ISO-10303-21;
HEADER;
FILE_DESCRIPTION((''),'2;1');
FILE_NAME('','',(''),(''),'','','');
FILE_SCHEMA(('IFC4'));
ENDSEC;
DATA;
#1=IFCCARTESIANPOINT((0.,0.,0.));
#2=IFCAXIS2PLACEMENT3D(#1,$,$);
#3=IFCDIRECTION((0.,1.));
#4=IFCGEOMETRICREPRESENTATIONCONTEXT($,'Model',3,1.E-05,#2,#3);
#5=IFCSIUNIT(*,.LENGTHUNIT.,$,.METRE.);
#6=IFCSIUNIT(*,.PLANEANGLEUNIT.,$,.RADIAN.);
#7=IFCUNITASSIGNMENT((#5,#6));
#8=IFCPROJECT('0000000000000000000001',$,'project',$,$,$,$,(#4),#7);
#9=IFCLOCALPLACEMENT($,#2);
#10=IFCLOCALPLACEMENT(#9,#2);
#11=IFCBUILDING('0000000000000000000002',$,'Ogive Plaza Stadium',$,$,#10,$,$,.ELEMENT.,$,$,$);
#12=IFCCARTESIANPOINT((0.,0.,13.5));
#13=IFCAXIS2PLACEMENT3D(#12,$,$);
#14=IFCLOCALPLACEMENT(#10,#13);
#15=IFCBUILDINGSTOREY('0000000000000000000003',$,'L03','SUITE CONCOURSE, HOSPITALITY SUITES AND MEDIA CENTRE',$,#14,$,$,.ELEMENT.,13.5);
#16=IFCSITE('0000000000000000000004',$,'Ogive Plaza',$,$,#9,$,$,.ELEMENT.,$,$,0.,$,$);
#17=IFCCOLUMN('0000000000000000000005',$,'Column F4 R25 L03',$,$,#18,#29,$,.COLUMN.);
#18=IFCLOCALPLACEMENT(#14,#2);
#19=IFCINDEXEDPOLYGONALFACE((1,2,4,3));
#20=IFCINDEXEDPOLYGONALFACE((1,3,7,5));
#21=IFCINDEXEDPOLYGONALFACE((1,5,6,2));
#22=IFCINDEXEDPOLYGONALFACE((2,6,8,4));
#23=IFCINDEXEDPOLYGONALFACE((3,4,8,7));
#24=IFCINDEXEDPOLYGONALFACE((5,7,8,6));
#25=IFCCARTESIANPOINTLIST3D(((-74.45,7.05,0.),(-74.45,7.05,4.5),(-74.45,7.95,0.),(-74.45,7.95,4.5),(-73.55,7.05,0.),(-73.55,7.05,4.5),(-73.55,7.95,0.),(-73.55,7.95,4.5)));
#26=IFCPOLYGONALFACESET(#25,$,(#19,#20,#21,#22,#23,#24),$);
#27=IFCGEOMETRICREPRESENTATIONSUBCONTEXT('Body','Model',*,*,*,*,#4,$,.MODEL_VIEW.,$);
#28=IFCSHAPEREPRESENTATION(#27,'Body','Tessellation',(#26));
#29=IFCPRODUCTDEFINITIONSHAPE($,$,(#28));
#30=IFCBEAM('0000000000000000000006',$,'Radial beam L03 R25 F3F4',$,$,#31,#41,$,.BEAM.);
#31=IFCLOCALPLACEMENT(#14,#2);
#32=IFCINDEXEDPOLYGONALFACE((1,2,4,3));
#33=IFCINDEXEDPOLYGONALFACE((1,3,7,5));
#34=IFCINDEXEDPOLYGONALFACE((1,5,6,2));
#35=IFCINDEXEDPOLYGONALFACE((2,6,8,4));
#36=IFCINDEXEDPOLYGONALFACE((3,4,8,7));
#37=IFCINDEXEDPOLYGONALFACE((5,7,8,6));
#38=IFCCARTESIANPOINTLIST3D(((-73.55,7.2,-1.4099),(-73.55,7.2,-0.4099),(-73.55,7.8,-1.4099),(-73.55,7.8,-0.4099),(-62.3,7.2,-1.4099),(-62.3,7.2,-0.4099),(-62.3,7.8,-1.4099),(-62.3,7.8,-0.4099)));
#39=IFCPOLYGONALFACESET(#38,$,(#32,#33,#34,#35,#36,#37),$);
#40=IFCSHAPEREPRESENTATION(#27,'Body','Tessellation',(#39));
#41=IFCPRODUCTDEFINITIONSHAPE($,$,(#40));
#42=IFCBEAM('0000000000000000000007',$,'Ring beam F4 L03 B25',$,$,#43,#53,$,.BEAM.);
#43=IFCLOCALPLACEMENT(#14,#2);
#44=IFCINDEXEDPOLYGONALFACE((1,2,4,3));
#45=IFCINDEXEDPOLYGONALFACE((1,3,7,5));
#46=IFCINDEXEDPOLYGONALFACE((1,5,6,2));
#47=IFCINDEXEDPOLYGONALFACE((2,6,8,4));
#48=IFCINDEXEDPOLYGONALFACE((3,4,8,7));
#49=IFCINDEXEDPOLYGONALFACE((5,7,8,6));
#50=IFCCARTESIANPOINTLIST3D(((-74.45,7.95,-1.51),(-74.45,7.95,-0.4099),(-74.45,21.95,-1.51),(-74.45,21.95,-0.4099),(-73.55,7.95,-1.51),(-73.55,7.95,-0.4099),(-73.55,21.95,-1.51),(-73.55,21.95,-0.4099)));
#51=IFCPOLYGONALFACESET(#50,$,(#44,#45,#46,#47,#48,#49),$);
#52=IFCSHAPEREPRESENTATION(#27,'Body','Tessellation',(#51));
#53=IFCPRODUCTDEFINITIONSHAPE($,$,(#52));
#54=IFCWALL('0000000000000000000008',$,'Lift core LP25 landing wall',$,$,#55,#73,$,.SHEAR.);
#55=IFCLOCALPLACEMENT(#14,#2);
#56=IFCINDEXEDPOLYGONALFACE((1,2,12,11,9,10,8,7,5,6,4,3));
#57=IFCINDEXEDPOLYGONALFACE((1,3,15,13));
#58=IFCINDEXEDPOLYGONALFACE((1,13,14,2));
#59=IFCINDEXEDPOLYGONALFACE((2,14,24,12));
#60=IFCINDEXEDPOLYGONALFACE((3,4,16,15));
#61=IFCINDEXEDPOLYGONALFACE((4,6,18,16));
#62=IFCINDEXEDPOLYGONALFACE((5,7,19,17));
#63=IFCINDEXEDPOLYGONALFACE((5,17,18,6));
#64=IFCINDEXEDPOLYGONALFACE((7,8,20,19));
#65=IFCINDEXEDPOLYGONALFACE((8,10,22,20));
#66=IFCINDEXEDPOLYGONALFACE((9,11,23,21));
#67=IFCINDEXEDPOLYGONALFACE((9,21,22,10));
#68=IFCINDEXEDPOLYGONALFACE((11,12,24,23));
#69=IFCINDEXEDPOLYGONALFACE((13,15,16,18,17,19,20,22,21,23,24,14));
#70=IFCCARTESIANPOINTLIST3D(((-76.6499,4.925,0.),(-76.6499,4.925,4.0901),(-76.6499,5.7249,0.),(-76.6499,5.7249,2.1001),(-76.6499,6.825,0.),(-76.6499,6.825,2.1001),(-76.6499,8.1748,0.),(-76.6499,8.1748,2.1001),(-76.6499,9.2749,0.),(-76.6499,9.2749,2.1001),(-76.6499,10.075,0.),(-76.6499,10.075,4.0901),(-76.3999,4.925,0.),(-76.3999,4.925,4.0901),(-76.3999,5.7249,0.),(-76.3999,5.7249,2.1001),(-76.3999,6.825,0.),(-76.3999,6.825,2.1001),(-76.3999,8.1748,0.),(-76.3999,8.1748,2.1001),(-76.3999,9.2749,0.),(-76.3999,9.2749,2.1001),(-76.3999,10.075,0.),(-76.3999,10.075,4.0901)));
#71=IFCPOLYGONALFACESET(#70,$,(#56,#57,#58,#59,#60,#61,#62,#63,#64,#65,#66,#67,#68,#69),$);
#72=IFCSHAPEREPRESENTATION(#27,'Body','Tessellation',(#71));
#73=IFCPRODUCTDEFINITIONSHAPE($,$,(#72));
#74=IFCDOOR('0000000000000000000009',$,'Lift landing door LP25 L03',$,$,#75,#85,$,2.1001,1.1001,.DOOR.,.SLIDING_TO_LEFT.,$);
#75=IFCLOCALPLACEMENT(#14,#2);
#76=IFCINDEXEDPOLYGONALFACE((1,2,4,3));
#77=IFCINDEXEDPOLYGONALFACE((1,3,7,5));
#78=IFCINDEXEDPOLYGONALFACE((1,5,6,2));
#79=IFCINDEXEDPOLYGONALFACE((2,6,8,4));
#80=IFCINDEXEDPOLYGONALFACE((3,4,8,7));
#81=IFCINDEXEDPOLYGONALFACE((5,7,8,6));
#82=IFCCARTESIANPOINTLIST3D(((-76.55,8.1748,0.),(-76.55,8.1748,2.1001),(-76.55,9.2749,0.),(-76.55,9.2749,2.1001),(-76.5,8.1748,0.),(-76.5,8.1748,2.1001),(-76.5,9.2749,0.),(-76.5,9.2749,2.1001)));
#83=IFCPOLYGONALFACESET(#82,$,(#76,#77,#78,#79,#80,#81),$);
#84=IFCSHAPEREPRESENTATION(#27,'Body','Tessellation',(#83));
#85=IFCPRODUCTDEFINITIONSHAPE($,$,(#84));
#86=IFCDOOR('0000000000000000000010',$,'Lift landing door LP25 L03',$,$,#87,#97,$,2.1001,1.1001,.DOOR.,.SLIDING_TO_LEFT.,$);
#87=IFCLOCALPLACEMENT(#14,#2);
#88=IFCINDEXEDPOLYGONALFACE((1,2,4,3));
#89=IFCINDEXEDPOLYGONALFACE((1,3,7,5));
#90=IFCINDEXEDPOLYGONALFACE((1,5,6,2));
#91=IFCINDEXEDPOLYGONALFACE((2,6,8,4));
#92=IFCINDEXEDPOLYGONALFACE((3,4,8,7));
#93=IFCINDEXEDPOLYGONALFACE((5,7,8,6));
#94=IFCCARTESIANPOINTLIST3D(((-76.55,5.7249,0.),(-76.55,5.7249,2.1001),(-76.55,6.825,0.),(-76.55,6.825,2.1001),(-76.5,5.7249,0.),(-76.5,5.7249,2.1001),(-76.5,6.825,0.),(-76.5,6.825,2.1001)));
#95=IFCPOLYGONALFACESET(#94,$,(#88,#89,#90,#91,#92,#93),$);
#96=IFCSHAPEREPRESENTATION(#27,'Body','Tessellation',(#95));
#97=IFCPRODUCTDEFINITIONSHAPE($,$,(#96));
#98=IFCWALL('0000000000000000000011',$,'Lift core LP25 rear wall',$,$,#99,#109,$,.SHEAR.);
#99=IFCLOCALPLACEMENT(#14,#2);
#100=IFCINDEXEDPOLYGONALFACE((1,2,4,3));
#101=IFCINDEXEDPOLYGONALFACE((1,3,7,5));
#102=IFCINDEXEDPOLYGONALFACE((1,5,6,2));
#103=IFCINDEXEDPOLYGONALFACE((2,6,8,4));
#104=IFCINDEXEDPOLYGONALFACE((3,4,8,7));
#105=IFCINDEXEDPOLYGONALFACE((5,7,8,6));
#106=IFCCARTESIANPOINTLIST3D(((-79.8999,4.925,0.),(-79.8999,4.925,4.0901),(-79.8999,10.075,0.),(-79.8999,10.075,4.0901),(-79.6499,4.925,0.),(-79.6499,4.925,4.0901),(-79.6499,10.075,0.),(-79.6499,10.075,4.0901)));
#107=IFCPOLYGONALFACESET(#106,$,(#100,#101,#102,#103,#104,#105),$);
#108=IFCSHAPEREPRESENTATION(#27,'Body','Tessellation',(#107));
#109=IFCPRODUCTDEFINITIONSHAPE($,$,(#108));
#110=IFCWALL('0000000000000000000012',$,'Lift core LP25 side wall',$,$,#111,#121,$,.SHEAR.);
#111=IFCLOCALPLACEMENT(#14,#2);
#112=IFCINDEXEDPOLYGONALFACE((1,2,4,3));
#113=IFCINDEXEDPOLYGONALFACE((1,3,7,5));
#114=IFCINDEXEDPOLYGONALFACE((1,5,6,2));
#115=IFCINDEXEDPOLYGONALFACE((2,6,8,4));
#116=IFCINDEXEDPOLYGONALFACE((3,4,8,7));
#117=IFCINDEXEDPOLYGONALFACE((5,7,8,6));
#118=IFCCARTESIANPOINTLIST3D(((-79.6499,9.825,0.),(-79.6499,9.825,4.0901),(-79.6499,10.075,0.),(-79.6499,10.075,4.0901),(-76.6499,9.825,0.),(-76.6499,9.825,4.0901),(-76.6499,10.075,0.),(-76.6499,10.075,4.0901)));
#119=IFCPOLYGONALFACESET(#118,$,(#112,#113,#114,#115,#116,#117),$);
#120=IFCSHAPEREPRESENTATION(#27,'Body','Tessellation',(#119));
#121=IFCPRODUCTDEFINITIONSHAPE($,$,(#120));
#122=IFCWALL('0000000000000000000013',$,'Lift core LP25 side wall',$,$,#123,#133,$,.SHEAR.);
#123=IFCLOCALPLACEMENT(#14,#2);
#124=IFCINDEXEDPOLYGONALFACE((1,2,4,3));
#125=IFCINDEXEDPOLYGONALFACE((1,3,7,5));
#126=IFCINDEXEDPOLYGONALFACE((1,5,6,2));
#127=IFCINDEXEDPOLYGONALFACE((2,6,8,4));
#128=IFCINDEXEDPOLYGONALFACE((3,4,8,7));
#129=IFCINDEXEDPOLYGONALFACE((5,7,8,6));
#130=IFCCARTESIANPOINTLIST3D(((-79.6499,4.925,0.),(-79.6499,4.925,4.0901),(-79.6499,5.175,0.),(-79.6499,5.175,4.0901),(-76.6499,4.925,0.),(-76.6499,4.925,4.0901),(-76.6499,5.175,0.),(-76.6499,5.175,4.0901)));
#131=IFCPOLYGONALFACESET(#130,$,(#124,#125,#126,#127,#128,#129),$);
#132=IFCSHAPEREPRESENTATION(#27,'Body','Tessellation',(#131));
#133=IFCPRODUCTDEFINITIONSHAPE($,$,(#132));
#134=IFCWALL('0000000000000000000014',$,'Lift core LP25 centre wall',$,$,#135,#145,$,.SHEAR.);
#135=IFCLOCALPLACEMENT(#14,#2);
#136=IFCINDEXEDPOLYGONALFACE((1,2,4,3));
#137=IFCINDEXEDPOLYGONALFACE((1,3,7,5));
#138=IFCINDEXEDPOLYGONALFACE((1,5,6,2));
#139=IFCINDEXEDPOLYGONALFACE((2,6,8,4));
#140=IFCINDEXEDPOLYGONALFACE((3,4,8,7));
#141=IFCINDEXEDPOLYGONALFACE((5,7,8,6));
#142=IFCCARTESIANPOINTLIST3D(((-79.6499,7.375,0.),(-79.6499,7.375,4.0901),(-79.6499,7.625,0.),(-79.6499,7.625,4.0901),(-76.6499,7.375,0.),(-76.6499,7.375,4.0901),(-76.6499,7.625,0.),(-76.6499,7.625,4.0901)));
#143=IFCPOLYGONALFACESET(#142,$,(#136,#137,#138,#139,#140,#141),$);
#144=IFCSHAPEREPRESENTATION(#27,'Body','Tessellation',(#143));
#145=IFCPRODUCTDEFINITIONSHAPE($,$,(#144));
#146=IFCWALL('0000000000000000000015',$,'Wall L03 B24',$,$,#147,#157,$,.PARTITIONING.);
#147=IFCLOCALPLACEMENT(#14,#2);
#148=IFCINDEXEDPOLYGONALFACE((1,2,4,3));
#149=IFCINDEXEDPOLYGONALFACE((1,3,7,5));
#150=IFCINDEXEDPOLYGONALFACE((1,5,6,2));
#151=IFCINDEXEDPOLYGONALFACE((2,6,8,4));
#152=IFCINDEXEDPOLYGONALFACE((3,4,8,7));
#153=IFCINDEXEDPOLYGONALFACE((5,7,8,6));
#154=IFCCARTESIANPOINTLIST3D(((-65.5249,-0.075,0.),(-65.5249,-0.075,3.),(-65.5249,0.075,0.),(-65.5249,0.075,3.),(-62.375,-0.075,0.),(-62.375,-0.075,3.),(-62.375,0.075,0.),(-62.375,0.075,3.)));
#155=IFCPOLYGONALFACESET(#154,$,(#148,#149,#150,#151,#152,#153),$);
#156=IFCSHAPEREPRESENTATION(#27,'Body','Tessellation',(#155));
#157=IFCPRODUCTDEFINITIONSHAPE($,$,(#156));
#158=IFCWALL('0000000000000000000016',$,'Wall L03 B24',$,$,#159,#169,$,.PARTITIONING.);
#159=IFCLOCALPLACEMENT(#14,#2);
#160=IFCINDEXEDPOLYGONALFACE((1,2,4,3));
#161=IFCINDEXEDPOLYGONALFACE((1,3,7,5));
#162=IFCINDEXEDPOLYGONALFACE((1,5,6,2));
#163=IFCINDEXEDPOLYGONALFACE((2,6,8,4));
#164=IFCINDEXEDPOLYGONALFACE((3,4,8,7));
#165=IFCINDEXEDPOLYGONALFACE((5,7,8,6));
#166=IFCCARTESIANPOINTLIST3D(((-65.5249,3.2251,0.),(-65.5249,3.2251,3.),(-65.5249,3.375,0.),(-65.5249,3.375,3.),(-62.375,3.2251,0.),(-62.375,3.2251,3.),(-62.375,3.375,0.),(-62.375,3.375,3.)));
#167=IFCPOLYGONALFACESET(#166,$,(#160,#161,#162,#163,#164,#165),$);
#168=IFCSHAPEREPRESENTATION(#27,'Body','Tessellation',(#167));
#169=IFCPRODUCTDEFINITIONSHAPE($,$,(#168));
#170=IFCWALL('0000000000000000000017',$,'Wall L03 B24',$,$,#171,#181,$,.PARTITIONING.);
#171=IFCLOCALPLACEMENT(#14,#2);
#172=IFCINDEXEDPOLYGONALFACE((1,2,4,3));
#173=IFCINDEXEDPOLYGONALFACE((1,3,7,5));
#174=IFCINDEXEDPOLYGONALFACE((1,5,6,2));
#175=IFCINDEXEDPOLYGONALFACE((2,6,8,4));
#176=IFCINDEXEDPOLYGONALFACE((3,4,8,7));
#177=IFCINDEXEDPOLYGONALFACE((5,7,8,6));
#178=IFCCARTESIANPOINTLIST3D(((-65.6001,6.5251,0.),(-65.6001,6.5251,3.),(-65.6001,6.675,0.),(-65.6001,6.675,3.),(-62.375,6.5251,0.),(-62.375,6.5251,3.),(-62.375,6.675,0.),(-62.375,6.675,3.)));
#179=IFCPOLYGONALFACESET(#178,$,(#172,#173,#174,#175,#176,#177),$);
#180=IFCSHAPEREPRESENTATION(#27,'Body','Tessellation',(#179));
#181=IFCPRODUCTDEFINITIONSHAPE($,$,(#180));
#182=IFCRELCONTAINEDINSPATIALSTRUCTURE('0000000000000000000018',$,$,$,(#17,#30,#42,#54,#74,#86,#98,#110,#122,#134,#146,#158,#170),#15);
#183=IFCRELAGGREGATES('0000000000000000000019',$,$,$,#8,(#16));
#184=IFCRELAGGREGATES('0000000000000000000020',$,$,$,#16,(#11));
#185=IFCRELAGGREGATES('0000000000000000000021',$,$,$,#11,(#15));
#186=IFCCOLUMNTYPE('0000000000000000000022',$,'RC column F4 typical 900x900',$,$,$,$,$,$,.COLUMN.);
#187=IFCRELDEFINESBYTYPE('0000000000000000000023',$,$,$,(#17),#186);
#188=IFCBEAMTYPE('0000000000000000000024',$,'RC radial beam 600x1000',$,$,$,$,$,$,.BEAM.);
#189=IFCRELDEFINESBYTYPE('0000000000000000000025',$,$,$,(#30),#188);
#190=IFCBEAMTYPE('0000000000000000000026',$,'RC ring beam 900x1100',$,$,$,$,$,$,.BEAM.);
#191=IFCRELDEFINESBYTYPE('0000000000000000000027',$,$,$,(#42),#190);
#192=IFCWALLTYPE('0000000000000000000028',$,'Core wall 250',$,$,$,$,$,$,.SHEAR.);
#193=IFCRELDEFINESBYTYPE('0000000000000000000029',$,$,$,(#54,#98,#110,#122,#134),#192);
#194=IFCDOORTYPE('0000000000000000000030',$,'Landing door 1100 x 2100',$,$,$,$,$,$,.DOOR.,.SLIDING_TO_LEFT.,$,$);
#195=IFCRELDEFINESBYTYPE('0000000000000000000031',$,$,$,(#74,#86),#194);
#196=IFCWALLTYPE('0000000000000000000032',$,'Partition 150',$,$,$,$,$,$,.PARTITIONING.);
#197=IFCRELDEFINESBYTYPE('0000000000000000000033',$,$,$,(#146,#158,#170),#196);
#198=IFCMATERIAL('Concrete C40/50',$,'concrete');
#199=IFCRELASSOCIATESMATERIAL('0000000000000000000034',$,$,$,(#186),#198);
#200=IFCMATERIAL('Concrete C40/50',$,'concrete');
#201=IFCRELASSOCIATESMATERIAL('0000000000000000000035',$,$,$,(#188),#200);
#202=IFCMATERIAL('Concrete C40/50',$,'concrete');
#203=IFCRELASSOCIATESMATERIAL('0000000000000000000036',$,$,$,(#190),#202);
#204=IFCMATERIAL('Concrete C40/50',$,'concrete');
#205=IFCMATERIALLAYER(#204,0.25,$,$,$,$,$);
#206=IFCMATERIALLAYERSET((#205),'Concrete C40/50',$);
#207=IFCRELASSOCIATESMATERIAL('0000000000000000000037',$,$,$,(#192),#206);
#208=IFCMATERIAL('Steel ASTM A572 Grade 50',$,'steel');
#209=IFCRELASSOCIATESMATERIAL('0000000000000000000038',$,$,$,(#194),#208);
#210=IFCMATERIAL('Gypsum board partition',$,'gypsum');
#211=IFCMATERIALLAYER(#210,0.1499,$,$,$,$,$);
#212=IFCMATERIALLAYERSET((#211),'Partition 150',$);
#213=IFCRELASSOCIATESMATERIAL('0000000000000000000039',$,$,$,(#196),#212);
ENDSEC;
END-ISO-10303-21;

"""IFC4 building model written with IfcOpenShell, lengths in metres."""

from ifc_helpers import new_model, si_unit, direction, frame, frame_2d, origin, origin_2d, place, context, subcontext, project, spatial, rectangle, extrude, material, layer, layer_set, material_profile, profile_set, type_object, element, fill, save


model = new_model("IFC4")

# Units and contexts
model_context = context("Model", 3, precision=1e-05, world=origin(), true_north=direction((0.0, 1.0)))
body_context = subcontext(model_context, "Body", "Model", "MODEL_VIEW")
ifc_project = project(units=[si_unit("LENGTHUNIT", "METRE"), si_unit("PLANEANGLEUNIT", "RADIAN")], contexts=[model_context])

# Site, building, storey
site_placement = place(None, origin())
site = spatial("IfcSite", under=ifc_project, at=site_placement, Name="Ogive Plaza", CompositionType="ELEMENT", RefElevation=0.0)
building_placement = place(site_placement, origin())
building = spatial("IfcBuilding", under=site, at=building_placement, Name="Ogive Plaza Stadium", CompositionType="ELEMENT")
storey_placement = place(building_placement, frame((0.0, 0.0, 13.5)))
storey = spatial("IfcBuildingStorey", under=building, at=storey_placement, Name="L03", Description="SUITE CONCOURSE, HOSPITALITY SUITES AND MEDIA CENTRE", CompositionType="ELEMENT", Elevation=13.5)

# Column
ifc_material_1 = material(Name="Concrete C40/50", Category="concrete")
ifc_material_profile_1 = material_profile(ifc_material_1, rectangle(XDim=0.8999, YDim=0.8999, at=origin_2d()), Name="RC 900x900")
ifc_profile_set_1 = profile_set([ifc_material_profile_1], Name="Concrete C40/50")
column_type = type_object("IfcColumnType", Name="RC column F4 typical 900x900", PredefinedType="COLUMN", material=ifc_profile_set_1)
column_placement = place(storey_placement, frame((-74.0, 7.5, 0.0), z_axis=(0.0, 0.0, 1.0), x_axis=(0.0, -1.0, 0.0)))
element("IfcColumn", 1, at=column_placement, inside=storey, type_object=column_type, Name="Column F4 R25 L03", PredefinedType="COLUMN", context=body_context, shape_type="SweptSolid", body=[
    extrude(rectangle(XDim=0.8999, YDim=0.8999, at=origin_2d()), origin(), (0.0, 0.0, 1.0), 4.5),
])

# Beams
ifc_material_2 = material(Name="Concrete C40/50", Category="concrete")
ifc_material_profile_2 = material_profile(ifc_material_2, rectangle(XDim=0.6001, YDim=1.0, at=origin_2d()), Name="RC 600x1000")
ifc_profile_set_2 = profile_set([ifc_material_profile_2], Name="Concrete C40/50")
beam_type_1 = type_object("IfcBeamType", Name="RC radial beam 600x1000", PredefinedType="BEAM", material=ifc_profile_set_2)
beam_1_placement = place(storey_placement, frame((-62.3, 7.5, -0.9099), z_axis=(-1.0, 0.0, 0.0), x_axis=(0.0, -1.0, 0.0)))
element("IfcBeam", 2, at=beam_1_placement, inside=storey, type_object=beam_type_1, Name="Radial beam L03 R25 F3F4", PredefinedType="BEAM", context=body_context, shape_type="SweptSolid", body=[
    extrude(rectangle(XDim=0.6001, YDim=1.0, at=origin_2d()), origin(), (0.0, 0.0, 1.0), 11.25),
])
ifc_material_3 = material(Name="Concrete C40/50", Category="concrete")
ifc_material_profile_3 = material_profile(ifc_material_3, rectangle(XDim=0.8999, YDim=1.1001, at=origin_2d()), Name="RC 900x1100")
ifc_profile_set_3 = profile_set([ifc_material_profile_3], Name="Concrete C40/50")
beam_type_2 = type_object("IfcBeamType", Name="RC ring beam 900x1100", PredefinedType="BEAM", material=ifc_profile_set_3)
beam_2_placement = place(storey_placement, frame((-74.0, 7.95, -0.96), z_axis=(0.0, 1.0, 0.0), x_axis=(-1.0, 0.0, 0.0)))
element("IfcBeam", 3, at=beam_2_placement, inside=storey, type_object=beam_type_2, Name="Ring beam F4 L03 B25", PredefinedType="BEAM", context=body_context, shape_type="SweptSolid", body=[
    extrude(rectangle(XDim=0.8999, YDim=1.1001, at=origin_2d()), origin(), (0.0, 0.0, 1.0), 14.0),
])

# Wall, openings, doors
ifc_material_4 = material(Name="Concrete C40/50", Category="concrete")
ifc_layer_1 = layer(ifc_material_4, 0.25)
ifc_layer_set_1 = layer_set([ifc_layer_1], Name="Concrete C40/50")
wall_type_1 = type_object("IfcWallType", Name="Core wall 250", PredefinedType="SHEAR", material=ifc_layer_set_1)
wall_1_placement = place(storey_placement, frame((-76.5249, 10.075, 0.0), z_axis=(0.0, 0.0, 1.0), x_axis=(0.0, -1.0, 0.0)))
wall_1 = element("IfcWall", 4, at=wall_1_placement, inside=storey, type_object=wall_type_1, Name="Lift core LP25 landing wall", PredefinedType="SHEAR", context=body_context, shape_type="SweptSolid", body=[
    extrude(rectangle(XDim=5.1499, YDim=0.25, at=frame_2d((2.575, 0.0))), origin(), (0.0, 0.0, 1.0), 4.0901),
])
opening_1_placement = place(wall_1_placement, frame((0.8, 0.0, 0.0)))
opening_1 = element("IfcOpeningElement", 5, at=opening_1_placement, cuts=wall_1, PredefinedType="OPENING", context=body_context, shape_type="SweptSolid", body=[
    extrude(rectangle(XDim=1.1001, YDim=2.1001, at=frame_2d((0.55, 1.05))), frame((0.0, 0.125, 0.0), z_axis=(0.0, -1.0, 0.0), x_axis=(1.0, 0.0, 0.0)), (0.0, 0.0, 1.0), 0.25),
])
opening_2_placement = place(wall_1_placement, frame((3.25, 0.0, 0.0)))
opening_2 = element("IfcOpeningElement", 6, at=opening_2_placement, cuts=wall_1, PredefinedType="OPENING", context=body_context, shape_type="SweptSolid", body=[
    extrude(rectangle(XDim=1.1001, YDim=2.1001, at=frame_2d((0.55, 1.05))), frame((0.0, 0.125, 0.0), z_axis=(0.0, -1.0, 0.0), x_axis=(1.0, 0.0, 0.0)), (0.0, 0.0, 1.0), 0.25),
])
ifc_material_5 = material(Name="Steel ASTM A572 Grade 50", Category="steel")
door_type = type_object("IfcDoorType", Name="Landing door 1100 x 2100", OperationType="SLIDING_TO_LEFT", PredefinedType="DOOR", material=ifc_material_5)
door_1_placement = place(opening_1_placement, origin())
door_1 = element("IfcDoor", 7, at=door_1_placement, inside=storey, type_object=door_type, Name="Lift landing door LP25 L03", OperationType="SLIDING_TO_LEFT", OverallHeight=2.1001, OverallWidth=1.1001, PredefinedType="DOOR", context=body_context, shape_type="SweptSolid", body=[
    extrude(rectangle(XDim=1.1001, YDim=2.1001, at=frame_2d((0.55, 1.05))), frame((0.0, 0.0249, 0.0), z_axis=(0.0, -1.0, 0.0), x_axis=(1.0, 0.0, 0.0)), (0.0, 0.0, 1.0), 0.05),
])
fill(opening_1, door_1)
door_2_placement = place(opening_2_placement, origin())
door_2 = element("IfcDoor", 8, at=door_2_placement, inside=storey, type_object=door_type, Name="Lift landing door LP25 L03", OperationType="SLIDING_TO_LEFT", OverallHeight=2.1001, OverallWidth=1.1001, PredefinedType="DOOR", context=body_context, shape_type="SweptSolid", body=[
    extrude(rectangle(XDim=1.1001, YDim=2.1001, at=frame_2d((0.55, 1.05))), frame((0.0, 0.0249, 0.0), z_axis=(0.0, -1.0, 0.0), x_axis=(1.0, 0.0, 0.0)), (0.0, 0.0, 1.0), 0.05),
])
fill(opening_2, door_2)

# Walls
wall_2_placement = place(storey_placement, frame((-79.7749, 10.075, 0.0), z_axis=(0.0, 0.0, 1.0), x_axis=(0.0, -1.0, 0.0)))
element("IfcWall", 9, at=wall_2_placement, inside=storey, type_object=wall_type_1, Name="Lift core LP25 rear wall", PredefinedType="SHEAR", context=body_context, shape_type="SweptSolid", body=[
    extrude(rectangle(XDim=5.1499, YDim=0.25, at=frame_2d((2.575, 0.0))), origin(), (0.0, 0.0, 1.0), 4.0901),
])
for number, where, z_axis, x_axis, name in (
    (10, (-76.6499, 9.95, 0.0), (0.0, 0.0, 1.0), (-1.0, 0.0, 0.0), "Lift core LP25 side wall"),
    (11, (-76.6499, 5.05, 0.0), (0.0, 0.0, 1.0), (-1.0, 0.0, 0.0), "Lift core LP25 side wall"),
    (12, (-76.6499, 7.5, 0.0), (0.0, 0.0, 1.0), (-1.0, 0.0, 0.0), "Lift core LP25 centre wall"),
):
    element("IfcWall", number, at=place(storey_placement, frame(where, z_axis=z_axis, x_axis=x_axis)), inside=storey, type_object=wall_type_1, Name=name, PredefinedType="SHEAR", context=body_context, shape_type="SweptSolid", body=[
        extrude(rectangle(XDim=3.0, YDim=0.25, at=frame_2d((1.5, 0.0))), origin(), (0.0, 0.0, 1.0), 4.0901),
    ])
ifc_material_6 = material(Name="Gypsum board partition", Category="gypsum")
ifc_layer_2 = layer(ifc_material_6, 0.1499)
ifc_layer_set_2 = layer_set([ifc_layer_2], Name="Partition 150")
wall_type_2 = type_object("IfcWallType", Name="Partition 150", PredefinedType="PARTITIONING", material=ifc_layer_set_2)
for number, where, z_axis, x_axis, name in (
    (13, (-62.375, 0.0, 0.0), (0.0, 0.0, 1.0), (-1.0, 0.0, 0.0), "Wall L03 B24"),
    (14, (-62.375, 3.3, 0.0), (0.0, 0.0, 1.0), (-1.0, 0.0, 0.0), "Wall L03 B24"),
):
    element("IfcWall", number, at=place(storey_placement, frame(where, z_axis=z_axis, x_axis=x_axis)), inside=storey, type_object=wall_type_2, Name=name, PredefinedType="PARTITIONING", context=body_context, shape_type="SweptSolid", body=[
        extrude(rectangle(XDim=3.1499, YDim=0.1499, at=frame_2d((1.575, 0.0))), origin(), (0.0, 0.0, 1.0), 3.0),
    ])
wall_3_placement = place(storey_placement, frame((-62.375, 6.6001, 0.0), z_axis=(0.0, 0.0, 1.0), x_axis=(-1.0, 0.0, 0.0)))
element("IfcWall", 15, at=wall_3_placement, inside=storey, type_object=wall_type_2, Name="Wall L03 B24", PredefinedType="PARTITIONING", context=body_context, shape_type="SweptSolid", body=[
    extrude(rectangle(XDim=3.2251, YDim=0.1499, at=frame_2d((1.6125, 0.0))), origin(), (0.0, 0.0, 1.0), 3.0),
])

save(model, "model.ifc")
